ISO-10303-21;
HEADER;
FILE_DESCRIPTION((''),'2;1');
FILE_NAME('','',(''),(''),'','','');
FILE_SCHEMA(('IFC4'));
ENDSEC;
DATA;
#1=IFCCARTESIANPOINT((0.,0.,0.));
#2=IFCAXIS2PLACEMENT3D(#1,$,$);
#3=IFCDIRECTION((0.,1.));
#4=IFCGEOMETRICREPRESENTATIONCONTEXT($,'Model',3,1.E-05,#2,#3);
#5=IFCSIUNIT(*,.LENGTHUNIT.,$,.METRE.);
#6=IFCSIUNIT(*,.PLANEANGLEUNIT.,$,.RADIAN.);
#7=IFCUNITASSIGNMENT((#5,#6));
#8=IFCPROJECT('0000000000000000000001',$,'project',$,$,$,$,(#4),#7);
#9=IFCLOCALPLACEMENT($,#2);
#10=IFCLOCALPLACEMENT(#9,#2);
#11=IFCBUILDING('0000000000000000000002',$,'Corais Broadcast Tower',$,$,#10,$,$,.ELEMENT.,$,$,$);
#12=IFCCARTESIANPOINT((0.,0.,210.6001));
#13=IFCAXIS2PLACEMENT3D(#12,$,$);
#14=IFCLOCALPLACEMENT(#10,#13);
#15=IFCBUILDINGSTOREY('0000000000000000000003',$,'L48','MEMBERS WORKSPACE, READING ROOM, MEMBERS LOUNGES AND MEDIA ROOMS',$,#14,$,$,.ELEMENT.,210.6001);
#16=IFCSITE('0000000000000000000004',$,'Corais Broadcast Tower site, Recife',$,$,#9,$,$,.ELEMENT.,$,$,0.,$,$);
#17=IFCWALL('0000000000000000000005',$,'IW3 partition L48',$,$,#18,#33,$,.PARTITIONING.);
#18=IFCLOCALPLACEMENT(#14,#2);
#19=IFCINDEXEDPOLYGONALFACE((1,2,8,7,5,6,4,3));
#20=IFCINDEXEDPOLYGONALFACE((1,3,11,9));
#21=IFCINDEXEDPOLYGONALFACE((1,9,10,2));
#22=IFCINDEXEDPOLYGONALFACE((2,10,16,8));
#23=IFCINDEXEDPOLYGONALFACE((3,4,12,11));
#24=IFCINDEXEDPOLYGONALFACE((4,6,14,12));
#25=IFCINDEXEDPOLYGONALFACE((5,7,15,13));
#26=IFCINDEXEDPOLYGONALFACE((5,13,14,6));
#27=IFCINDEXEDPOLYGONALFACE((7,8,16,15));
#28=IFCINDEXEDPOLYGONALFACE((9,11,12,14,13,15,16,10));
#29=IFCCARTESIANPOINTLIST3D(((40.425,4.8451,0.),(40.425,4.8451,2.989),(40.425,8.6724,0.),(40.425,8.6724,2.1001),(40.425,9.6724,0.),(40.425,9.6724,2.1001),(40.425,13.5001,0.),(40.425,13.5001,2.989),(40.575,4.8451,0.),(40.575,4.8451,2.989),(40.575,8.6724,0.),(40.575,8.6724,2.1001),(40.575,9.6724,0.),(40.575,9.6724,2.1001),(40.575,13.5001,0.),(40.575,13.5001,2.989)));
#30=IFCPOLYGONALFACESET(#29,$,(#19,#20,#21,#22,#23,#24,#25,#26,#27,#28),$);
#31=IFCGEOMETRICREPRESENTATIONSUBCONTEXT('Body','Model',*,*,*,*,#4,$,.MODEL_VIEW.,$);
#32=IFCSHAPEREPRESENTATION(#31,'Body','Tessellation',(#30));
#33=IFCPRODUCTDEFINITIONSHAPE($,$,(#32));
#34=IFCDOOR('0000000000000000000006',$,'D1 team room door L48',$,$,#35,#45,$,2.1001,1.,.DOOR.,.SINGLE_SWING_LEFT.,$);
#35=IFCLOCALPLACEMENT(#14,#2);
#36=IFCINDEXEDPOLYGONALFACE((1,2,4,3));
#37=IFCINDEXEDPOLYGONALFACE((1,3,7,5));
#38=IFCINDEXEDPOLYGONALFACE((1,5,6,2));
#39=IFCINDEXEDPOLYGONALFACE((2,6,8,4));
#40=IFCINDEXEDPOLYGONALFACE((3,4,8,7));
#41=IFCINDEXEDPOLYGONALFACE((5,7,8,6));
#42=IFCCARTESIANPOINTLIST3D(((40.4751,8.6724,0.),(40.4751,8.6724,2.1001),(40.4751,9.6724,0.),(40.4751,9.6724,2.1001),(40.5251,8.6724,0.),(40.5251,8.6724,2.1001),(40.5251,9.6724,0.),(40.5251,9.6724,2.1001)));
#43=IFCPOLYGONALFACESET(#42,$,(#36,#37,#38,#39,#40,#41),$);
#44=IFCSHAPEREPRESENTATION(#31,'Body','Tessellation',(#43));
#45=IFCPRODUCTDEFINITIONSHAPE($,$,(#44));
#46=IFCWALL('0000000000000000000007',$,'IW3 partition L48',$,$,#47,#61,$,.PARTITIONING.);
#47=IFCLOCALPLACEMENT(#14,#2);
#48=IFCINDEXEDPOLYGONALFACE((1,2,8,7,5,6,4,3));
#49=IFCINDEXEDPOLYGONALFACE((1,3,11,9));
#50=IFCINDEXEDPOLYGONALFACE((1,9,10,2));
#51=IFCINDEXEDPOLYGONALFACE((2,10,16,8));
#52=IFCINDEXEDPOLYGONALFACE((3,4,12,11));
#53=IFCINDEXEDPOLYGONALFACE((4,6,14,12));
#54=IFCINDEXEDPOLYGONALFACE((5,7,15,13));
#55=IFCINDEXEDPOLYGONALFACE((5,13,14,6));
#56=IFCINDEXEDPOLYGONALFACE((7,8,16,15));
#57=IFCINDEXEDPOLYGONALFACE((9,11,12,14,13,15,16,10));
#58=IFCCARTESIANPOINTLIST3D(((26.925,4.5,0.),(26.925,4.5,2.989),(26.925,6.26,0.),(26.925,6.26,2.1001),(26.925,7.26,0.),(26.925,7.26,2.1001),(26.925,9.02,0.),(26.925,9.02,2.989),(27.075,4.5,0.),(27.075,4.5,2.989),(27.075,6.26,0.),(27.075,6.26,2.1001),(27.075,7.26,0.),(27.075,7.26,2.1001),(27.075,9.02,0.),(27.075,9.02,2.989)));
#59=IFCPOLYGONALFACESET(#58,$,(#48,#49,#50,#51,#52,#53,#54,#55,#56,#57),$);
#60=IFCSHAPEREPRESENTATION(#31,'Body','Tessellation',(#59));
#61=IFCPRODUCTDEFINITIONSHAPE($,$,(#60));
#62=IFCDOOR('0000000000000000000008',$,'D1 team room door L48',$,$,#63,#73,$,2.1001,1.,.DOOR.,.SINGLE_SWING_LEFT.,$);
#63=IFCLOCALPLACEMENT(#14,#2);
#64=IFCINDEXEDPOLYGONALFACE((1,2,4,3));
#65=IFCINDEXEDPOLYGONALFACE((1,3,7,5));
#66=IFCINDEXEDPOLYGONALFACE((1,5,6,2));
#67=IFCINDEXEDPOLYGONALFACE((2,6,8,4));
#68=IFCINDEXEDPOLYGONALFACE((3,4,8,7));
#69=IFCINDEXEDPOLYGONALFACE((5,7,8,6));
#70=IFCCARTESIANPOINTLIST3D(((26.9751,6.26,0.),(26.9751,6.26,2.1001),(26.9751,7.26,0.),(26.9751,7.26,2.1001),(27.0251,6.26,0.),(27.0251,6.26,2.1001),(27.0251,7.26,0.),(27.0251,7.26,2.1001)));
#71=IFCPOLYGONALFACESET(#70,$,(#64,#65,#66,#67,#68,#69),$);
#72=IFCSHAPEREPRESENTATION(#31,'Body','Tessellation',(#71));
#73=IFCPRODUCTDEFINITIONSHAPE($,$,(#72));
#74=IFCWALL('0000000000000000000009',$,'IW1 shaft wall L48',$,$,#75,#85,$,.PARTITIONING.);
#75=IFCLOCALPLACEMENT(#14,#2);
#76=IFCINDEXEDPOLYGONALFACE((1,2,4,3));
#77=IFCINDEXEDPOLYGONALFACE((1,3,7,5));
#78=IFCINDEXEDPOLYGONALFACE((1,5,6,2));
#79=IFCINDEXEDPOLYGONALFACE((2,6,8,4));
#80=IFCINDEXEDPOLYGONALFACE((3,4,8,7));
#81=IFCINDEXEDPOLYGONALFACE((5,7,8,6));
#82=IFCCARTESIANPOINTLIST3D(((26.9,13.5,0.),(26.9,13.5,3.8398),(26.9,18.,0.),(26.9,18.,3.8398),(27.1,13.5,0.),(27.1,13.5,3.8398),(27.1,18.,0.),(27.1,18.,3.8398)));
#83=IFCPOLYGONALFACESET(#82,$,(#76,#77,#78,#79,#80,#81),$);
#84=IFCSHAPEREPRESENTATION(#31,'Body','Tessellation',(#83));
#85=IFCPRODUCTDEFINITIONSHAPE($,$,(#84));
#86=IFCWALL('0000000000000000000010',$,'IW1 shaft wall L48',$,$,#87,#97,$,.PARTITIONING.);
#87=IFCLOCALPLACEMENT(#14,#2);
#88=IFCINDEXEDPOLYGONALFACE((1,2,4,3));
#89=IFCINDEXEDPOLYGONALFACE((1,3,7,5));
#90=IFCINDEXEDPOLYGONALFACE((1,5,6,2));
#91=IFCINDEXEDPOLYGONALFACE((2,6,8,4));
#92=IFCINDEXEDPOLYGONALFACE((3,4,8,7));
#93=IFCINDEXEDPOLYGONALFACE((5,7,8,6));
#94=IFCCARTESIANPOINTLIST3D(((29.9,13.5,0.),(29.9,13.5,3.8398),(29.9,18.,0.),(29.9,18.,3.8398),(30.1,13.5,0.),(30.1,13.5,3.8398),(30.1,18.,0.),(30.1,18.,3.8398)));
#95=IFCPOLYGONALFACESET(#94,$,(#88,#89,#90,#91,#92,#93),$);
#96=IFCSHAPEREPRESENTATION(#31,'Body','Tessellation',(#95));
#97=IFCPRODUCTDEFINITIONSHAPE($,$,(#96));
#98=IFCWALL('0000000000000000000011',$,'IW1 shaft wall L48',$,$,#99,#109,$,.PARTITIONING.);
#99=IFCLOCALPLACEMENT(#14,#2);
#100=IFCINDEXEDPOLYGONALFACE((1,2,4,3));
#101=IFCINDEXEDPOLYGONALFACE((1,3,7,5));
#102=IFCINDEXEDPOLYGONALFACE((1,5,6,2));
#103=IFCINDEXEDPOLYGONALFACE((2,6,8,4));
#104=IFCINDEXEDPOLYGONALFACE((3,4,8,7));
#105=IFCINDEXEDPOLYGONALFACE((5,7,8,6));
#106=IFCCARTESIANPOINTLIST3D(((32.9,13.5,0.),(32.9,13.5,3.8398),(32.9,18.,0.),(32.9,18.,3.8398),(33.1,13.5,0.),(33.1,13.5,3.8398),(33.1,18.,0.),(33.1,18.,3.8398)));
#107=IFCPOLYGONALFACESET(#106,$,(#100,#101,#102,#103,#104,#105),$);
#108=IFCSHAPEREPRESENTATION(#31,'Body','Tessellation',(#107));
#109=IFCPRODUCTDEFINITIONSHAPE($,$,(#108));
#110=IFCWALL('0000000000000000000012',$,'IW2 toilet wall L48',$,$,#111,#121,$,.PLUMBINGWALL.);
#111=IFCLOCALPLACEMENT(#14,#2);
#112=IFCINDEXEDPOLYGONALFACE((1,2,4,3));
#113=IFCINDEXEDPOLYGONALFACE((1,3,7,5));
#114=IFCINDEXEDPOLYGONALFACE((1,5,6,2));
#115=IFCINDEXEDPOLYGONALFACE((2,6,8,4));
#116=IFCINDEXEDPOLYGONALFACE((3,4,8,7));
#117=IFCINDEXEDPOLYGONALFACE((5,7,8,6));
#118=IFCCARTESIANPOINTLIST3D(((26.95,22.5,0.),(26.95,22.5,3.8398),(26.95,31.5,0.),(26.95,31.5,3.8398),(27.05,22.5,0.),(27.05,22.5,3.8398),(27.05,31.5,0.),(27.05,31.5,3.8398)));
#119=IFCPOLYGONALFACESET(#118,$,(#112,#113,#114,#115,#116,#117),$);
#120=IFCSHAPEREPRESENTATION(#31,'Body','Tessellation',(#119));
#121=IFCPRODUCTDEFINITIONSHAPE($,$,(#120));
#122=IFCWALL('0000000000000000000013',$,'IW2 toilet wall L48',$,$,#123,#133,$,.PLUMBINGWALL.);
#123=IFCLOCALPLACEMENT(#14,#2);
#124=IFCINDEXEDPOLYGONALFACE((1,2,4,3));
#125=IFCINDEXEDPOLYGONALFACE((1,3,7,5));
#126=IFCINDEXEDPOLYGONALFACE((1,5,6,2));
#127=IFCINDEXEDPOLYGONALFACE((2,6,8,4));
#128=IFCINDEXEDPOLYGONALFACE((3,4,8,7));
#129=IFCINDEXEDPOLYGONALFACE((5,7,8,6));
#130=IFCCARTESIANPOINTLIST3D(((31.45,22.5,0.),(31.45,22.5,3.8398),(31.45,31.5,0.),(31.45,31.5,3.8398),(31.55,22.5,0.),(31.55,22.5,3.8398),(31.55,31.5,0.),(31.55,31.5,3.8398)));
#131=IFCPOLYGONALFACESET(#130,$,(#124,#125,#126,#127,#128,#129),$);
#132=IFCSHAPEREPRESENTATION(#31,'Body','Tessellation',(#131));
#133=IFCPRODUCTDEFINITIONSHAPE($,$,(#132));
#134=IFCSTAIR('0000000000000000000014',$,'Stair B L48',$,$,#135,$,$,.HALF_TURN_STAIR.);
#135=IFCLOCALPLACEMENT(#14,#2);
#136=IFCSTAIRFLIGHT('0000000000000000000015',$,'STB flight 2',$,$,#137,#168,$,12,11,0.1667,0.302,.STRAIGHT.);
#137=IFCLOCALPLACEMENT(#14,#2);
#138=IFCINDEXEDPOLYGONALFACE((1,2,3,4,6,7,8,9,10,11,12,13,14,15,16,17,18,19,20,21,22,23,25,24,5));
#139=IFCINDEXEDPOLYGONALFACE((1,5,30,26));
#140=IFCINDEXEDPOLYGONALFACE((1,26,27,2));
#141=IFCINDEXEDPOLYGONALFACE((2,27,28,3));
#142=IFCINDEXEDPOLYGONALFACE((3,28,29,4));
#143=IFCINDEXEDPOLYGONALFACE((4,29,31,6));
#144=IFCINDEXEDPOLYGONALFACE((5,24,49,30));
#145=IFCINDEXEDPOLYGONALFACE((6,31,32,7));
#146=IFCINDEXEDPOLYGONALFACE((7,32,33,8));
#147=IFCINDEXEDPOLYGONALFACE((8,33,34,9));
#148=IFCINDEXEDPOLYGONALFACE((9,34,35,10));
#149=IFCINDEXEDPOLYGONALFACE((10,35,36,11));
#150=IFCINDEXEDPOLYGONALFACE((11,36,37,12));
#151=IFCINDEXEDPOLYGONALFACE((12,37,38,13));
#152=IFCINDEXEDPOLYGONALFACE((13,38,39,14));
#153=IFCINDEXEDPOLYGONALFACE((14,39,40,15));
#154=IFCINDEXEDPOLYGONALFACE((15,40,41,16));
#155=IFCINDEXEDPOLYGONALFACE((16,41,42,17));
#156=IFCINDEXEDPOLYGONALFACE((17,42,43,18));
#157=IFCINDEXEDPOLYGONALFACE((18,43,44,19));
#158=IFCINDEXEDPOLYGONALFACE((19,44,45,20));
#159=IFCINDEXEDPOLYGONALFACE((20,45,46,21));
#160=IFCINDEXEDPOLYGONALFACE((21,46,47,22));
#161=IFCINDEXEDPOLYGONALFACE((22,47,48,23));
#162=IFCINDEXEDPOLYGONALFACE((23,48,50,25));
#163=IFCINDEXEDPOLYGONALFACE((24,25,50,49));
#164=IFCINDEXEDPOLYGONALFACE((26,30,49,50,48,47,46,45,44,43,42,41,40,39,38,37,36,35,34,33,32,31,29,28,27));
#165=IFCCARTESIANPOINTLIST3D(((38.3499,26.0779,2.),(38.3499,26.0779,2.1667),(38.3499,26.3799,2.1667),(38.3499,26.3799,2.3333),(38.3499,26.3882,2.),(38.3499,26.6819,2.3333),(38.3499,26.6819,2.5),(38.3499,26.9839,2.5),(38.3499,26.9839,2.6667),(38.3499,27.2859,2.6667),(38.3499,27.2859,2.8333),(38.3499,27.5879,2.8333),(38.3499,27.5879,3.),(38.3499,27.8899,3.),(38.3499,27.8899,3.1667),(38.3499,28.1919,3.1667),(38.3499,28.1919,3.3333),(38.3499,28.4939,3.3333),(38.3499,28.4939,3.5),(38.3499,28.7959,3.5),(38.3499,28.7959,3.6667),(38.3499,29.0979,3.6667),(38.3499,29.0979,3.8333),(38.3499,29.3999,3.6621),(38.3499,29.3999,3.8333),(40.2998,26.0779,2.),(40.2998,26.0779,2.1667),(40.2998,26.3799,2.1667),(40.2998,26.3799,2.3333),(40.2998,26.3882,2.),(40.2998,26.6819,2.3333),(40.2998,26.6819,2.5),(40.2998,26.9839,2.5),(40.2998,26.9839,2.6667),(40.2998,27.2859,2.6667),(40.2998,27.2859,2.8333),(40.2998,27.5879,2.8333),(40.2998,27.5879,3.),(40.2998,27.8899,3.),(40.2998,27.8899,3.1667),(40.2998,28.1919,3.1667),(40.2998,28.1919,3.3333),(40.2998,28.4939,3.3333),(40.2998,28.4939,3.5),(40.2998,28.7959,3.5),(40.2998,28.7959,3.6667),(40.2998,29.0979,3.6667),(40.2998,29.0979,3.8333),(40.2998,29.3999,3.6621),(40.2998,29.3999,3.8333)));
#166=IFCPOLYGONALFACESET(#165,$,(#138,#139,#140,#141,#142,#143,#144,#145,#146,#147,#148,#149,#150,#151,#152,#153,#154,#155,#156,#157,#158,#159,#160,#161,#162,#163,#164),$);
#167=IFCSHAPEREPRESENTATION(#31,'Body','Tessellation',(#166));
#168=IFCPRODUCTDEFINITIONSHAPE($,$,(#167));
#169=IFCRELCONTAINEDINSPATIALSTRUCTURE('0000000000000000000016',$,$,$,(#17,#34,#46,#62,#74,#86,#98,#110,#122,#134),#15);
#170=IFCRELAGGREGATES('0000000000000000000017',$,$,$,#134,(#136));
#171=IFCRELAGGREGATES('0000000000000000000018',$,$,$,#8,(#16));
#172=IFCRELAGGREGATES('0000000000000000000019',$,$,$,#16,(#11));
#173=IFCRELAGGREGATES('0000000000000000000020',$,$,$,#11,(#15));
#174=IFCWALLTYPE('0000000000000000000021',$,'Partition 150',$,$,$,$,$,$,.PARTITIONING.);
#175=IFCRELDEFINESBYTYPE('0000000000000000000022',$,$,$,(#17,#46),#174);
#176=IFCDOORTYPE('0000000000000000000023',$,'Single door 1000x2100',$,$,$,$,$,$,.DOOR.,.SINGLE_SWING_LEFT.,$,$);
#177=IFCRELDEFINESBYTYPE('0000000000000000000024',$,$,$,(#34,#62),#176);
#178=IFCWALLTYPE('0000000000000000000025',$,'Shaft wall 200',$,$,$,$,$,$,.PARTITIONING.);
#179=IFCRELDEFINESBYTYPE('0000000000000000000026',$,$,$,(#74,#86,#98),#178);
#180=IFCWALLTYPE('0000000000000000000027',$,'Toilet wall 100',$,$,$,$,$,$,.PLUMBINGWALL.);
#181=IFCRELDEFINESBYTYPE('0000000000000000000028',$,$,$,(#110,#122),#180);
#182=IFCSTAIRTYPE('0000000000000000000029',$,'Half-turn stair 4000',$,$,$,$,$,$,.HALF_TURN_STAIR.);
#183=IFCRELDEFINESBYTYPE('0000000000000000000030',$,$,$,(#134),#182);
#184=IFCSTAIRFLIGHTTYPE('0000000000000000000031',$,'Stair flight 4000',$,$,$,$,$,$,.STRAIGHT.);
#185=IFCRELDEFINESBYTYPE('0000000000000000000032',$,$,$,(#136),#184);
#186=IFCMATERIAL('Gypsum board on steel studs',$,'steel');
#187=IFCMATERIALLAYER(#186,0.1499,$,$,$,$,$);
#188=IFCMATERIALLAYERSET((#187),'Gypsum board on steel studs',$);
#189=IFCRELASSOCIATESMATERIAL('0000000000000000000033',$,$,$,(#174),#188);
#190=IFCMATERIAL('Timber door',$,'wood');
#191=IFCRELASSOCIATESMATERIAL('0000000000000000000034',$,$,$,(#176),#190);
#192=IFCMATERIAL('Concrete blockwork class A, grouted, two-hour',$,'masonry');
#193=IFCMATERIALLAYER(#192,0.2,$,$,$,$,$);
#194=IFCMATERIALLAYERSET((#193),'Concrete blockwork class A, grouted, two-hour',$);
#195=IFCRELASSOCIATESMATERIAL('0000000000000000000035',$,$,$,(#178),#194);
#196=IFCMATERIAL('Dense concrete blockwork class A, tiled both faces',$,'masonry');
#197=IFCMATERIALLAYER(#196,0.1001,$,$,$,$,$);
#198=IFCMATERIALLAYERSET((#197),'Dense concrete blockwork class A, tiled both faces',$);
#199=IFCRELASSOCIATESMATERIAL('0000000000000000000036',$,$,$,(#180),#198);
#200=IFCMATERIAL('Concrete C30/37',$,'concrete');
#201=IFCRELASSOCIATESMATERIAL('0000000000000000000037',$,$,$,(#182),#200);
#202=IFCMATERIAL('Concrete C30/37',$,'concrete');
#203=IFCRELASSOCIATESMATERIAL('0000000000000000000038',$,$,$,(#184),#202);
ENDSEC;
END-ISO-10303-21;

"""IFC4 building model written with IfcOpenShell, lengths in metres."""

from ifc_helpers import new_model, si_unit, direction, frame, frame_2d, origin, place, context, subcontext, project, spatial, polyline, rectangle, outline, extrude, material, layer, layer_set, type_object, element, fill, aggregate, save


model = new_model("IFC4")

# Units and contexts
model_context = context("Model", 3, precision=1e-05, world=origin(), true_north=direction((0.0, 1.0)))
body_context = subcontext(model_context, "Body", "Model", "MODEL_VIEW")
ifc_project = project(units=[si_unit("LENGTHUNIT", "METRE"), si_unit("PLANEANGLEUNIT", "RADIAN")], contexts=[model_context])

# Site, building, storey
site_placement = place(None, origin())
site = spatial("IfcSite", under=ifc_project, at=site_placement, Name="Corais Broadcast Tower site, Recife", CompositionType="ELEMENT", RefElevation=0.0)
building_placement = place(site_placement, origin())
building = spatial("IfcBuilding", under=site, at=building_placement, Name="Corais Broadcast Tower", CompositionType="ELEMENT")
storey_placement = place(building_placement, frame((0.0, 0.0, 210.6001)))
storey = spatial("IfcBuildingStorey", under=building, at=storey_placement, Name="L48", Description="MEMBERS WORKSPACE, READING ROOM, MEMBERS LOUNGES AND MEDIA ROOMS", CompositionType="ELEMENT", Elevation=210.6001)

# Shared definitions
ifc_material_1 = material(Name="Gypsum board on steel studs", Category="steel")
ifc_layer_1 = layer(ifc_material_1, 0.1499)
ifc_layer_set_1 = layer_set([ifc_layer_1], Name="Gypsum board on steel studs")
wall_type_1 = type_object("IfcWallType", Name="Partition 150", PredefinedType="PARTITIONING", material=ifc_layer_set_1)

# Walls, openings, doors
ifc_material_2 = material(Name="Timber door", Category="wood")
door_type_1 = type_object("IfcDoorType", Name="Single door 1000x2100", OperationType="SINGLE_SWING_LEFT", PredefinedType="DOOR", material=ifc_material_2)
wall_1_placement = place(storey_placement, frame((40.5, 4.845, 0.0), z_axis=(0.0, 0.0, 1.0), x_axis=(0.0, 1.0, 0.0)))
wall_1 = element("IfcWall", 1, at=wall_1_placement, inside=storey, type_object=wall_type_1, Name="IW3 partition L48", PredefinedType="PARTITIONING", context=body_context, shape_type="SweptSolid", body=[
    extrude(rectangle(XDim=8.655, YDim=0.1499, at=frame_2d((4.3276, 0.0))), origin(), (0.0, 0.0, 1.0), 2.989),
])
opening_1_placement = place(wall_1_placement, frame((3.8274, 0.0, 0.0)))
opening_1 = element("IfcOpeningElement", 2, at=opening_1_placement, cuts=wall_1, PredefinedType="OPENING", context=body_context, shape_type="SweptSolid", body=[
    extrude(rectangle(XDim=1.0, YDim=2.1001, at=frame_2d((0.5, 1.05))), frame((0.0, 0.085, 0.0), z_axis=(0.0, -1.0, 0.0), x_axis=(1.0, 0.0, 0.0)), (0.0, 0.0, 1.0), 0.1699),
])
door_1_placement = place(opening_1_placement, origin())
door_1 = element("IfcDoor", 3, at=door_1_placement, inside=storey, type_object=door_type_1, Name="D1 team room door L48", OperationType="SINGLE_SWING_LEFT", OverallHeight=2.1001, OverallWidth=1.0, PredefinedType="DOOR", context=body_context, shape_type="SweptSolid", body=[
    extrude(rectangle(XDim=1.0, YDim=2.1001, at=frame_2d((0.5, 1.05))), frame((0.0, 0.0249, 0.0), z_axis=(0.0, -1.0, 0.0), x_axis=(1.0, 0.0, 0.0)), (0.0, 0.0, 1.0), 0.05),
])
fill(opening_1, door_1)
wall_2_placement = place(storey_placement, frame((27.0, 4.5, 0.0), z_axis=(0.0, 0.0, 1.0), x_axis=(0.0, 1.0, 0.0)))
wall_2 = element("IfcWall", 4, at=wall_2_placement, inside=storey, type_object=wall_type_1, Name="IW3 partition L48", PredefinedType="PARTITIONING", context=body_context, shape_type="SweptSolid", body=[
    extrude(rectangle(XDim=4.52, YDim=0.1499, at=frame_2d((2.26, 0.0))), origin(), (0.0, 0.0, 1.0), 2.989),
])
opening_2_placement = place(wall_2_placement, frame((1.76, 0.0, 0.0)))
opening_2 = element("IfcOpeningElement", 5, at=opening_2_placement, cuts=wall_2, PredefinedType="OPENING", context=body_context, shape_type="SweptSolid", body=[
    extrude(rectangle(XDim=1.0, YDim=2.1001, at=frame_2d((0.5, 1.05))), frame((0.0, 0.085, 0.0), z_axis=(0.0, -1.0, 0.0), x_axis=(1.0, 0.0, 0.0)), (0.0, 0.0, 1.0), 0.1699),
])
door_2_placement = place(opening_2_placement, origin())
door_2 = element("IfcDoor", 6, at=door_2_placement, inside=storey, type_object=door_type_1, Name="D1 team room door L48", OperationType="SINGLE_SWING_LEFT", OverallHeight=2.1001, OverallWidth=1.0, PredefinedType="DOOR", context=body_context, shape_type="SweptSolid", body=[
    extrude(rectangle(XDim=1.0, YDim=2.1001, at=frame_2d((0.5, 1.05))), frame((0.0, 0.0249, 0.0), z_axis=(0.0, -1.0, 0.0), x_axis=(1.0, 0.0, 0.0)), (0.0, 0.0, 1.0), 0.05),
])
fill(opening_2, door_2)

# Walls
ifc_material_3 = material(Name="Concrete blockwork class A, grouted, two-hour", Category="masonry")
ifc_layer_2 = layer(ifc_material_3, 0.2)
ifc_layer_set_2 = layer_set([ifc_layer_2], Name="Concrete blockwork class A, grouted, two-hour")
wall_type_2 = type_object("IfcWallType", Name="Shaft wall 200", PredefinedType="PARTITIONING", material=ifc_layer_set_2)
for number, where, z_axis, x_axis, name in (
    (7, (27.0, 13.5, 0.0), (0.0, 0.0, 1.0), (0.0, 1.0, 0.0), "IW1 shaft wall L48"),
    (8, (30.0, 13.5, 0.0), (0.0, 0.0, 1.0), (0.0, 1.0, 0.0), "IW1 shaft wall L48"),
    (9, (33.0, 13.5, 0.0), (0.0, 0.0, 1.0), (0.0, 1.0, 0.0), "IW1 shaft wall L48"),
):
    element("IfcWall", number, at=place(storey_placement, frame(where, z_axis=z_axis, x_axis=x_axis)), inside=storey, type_object=wall_type_2, Name=name, PredefinedType="PARTITIONING", context=body_context, shape_type="SweptSolid", body=[
        extrude(rectangle(XDim=4.5, YDim=0.2, at=frame_2d((2.25, 0.0))), origin(), (0.0, 0.0, 1.0), 3.8398),
    ])
ifc_material_4 = material(Name="Dense concrete blockwork class A, tiled both faces", Category="masonry")
ifc_layer_3 = layer(ifc_material_4, 0.1001)
ifc_layer_set_3 = layer_set([ifc_layer_3], Name="Dense concrete blockwork class A, tiled both faces")
wall_type_3 = type_object("IfcWallType", Name="Toilet wall 100", PredefinedType="PLUMBINGWALL", material=ifc_layer_set_3)
for number, where, z_axis, x_axis, name in (
    (10, (27.0, 22.5, 0.0), (0.0, 0.0, 1.0), (0.0, 1.0, 0.0), "IW2 toilet wall L48"),
    (11, (31.5, 22.5, 0.0), (0.0, 0.0, 1.0), (0.0, 1.0, 0.0), "IW2 toilet wall L48"),
):
    element("IfcWall", number, at=place(storey_placement, frame(where, z_axis=z_axis, x_axis=x_axis)), inside=storey, type_object=wall_type_3, Name=name, PredefinedType="PLUMBINGWALL", context=body_context, shape_type="SweptSolid", body=[
        extrude(rectangle(XDim=9.0, YDim=0.1001, at=frame_2d((4.5, 0.0))), origin(), (0.0, 0.0, 1.0), 3.8398),
    ])

# Stair, stair flight
ifc_material_5 = material(Name="Concrete C30/37", Category="concrete")
stair_type = type_object("IfcStairType", Name="Half-turn stair 4000", PredefinedType="HALF_TURN_STAIR", material=ifc_material_5)
stair_placement = place(storey_placement, origin())
stair = element("IfcStair", 12, at=stair_placement, inside=storey, type_object=stair_type, Name="Stair B L48", PredefinedType="HALF_TURN_STAIR")
ifc_material_6 = material(Name="Concrete C30/37", Category="concrete")
stair_flight_type = type_object("IfcStairFlightType", Name="Stair flight 4000", PredefinedType="STRAIGHT", material=ifc_material_6)
stair_flight_placement = place(storey_placement, frame((39.325, 26.0779, 2.0), z_axis=(0.0, 0.0, 1.0), x_axis=(0.0, 1.0, 0.0)))
stair_flight = element("IfcStairFlight", 13, at=stair_flight_placement, type_object=stair_flight_type, Name="STB flight 2", NumberOfRisers=12, NumberOfTreads=11, PredefinedType="STRAIGHT", RiserHeight=0.1667, TreadLength=0.302, context=body_context, shape_type="SweptSolid", body=[
    extrude(outline(polyline([(0.0, 0.0), (0.0, 0.1667), (0.302, 0.1667), (0.302, 0.3333), (0.604, 0.3333), (0.604, 0.5), (0.906, 0.5), (0.906, 0.6667), (1.208, 0.6667), (1.208, 0.8333), (1.51, 0.8333), (1.51, 1.0), (1.812, 1.0), (1.812, 1.1667), (2.114, 1.1667), (2.114, 1.3333), (2.416, 1.3333), (2.416, 1.5), (2.718, 1.5), (2.718, 1.6667), (3.02, 1.6667), (3.02, 1.8333), (3.322, 1.8333), (3.322, 2.0), (3.322, 1.6621), (0.3103, 0.0), (0.0, 0.0)])), frame((0.0, 0.9751, 0.0), z_axis=(0.0, -1.0, 0.0), x_axis=(1.0, 0.0, 0.0)), (0.0, 0.0, 1.0), 1.95),
])
aggregate(stair, [stair_flight])

save(model, "model.ifc")
